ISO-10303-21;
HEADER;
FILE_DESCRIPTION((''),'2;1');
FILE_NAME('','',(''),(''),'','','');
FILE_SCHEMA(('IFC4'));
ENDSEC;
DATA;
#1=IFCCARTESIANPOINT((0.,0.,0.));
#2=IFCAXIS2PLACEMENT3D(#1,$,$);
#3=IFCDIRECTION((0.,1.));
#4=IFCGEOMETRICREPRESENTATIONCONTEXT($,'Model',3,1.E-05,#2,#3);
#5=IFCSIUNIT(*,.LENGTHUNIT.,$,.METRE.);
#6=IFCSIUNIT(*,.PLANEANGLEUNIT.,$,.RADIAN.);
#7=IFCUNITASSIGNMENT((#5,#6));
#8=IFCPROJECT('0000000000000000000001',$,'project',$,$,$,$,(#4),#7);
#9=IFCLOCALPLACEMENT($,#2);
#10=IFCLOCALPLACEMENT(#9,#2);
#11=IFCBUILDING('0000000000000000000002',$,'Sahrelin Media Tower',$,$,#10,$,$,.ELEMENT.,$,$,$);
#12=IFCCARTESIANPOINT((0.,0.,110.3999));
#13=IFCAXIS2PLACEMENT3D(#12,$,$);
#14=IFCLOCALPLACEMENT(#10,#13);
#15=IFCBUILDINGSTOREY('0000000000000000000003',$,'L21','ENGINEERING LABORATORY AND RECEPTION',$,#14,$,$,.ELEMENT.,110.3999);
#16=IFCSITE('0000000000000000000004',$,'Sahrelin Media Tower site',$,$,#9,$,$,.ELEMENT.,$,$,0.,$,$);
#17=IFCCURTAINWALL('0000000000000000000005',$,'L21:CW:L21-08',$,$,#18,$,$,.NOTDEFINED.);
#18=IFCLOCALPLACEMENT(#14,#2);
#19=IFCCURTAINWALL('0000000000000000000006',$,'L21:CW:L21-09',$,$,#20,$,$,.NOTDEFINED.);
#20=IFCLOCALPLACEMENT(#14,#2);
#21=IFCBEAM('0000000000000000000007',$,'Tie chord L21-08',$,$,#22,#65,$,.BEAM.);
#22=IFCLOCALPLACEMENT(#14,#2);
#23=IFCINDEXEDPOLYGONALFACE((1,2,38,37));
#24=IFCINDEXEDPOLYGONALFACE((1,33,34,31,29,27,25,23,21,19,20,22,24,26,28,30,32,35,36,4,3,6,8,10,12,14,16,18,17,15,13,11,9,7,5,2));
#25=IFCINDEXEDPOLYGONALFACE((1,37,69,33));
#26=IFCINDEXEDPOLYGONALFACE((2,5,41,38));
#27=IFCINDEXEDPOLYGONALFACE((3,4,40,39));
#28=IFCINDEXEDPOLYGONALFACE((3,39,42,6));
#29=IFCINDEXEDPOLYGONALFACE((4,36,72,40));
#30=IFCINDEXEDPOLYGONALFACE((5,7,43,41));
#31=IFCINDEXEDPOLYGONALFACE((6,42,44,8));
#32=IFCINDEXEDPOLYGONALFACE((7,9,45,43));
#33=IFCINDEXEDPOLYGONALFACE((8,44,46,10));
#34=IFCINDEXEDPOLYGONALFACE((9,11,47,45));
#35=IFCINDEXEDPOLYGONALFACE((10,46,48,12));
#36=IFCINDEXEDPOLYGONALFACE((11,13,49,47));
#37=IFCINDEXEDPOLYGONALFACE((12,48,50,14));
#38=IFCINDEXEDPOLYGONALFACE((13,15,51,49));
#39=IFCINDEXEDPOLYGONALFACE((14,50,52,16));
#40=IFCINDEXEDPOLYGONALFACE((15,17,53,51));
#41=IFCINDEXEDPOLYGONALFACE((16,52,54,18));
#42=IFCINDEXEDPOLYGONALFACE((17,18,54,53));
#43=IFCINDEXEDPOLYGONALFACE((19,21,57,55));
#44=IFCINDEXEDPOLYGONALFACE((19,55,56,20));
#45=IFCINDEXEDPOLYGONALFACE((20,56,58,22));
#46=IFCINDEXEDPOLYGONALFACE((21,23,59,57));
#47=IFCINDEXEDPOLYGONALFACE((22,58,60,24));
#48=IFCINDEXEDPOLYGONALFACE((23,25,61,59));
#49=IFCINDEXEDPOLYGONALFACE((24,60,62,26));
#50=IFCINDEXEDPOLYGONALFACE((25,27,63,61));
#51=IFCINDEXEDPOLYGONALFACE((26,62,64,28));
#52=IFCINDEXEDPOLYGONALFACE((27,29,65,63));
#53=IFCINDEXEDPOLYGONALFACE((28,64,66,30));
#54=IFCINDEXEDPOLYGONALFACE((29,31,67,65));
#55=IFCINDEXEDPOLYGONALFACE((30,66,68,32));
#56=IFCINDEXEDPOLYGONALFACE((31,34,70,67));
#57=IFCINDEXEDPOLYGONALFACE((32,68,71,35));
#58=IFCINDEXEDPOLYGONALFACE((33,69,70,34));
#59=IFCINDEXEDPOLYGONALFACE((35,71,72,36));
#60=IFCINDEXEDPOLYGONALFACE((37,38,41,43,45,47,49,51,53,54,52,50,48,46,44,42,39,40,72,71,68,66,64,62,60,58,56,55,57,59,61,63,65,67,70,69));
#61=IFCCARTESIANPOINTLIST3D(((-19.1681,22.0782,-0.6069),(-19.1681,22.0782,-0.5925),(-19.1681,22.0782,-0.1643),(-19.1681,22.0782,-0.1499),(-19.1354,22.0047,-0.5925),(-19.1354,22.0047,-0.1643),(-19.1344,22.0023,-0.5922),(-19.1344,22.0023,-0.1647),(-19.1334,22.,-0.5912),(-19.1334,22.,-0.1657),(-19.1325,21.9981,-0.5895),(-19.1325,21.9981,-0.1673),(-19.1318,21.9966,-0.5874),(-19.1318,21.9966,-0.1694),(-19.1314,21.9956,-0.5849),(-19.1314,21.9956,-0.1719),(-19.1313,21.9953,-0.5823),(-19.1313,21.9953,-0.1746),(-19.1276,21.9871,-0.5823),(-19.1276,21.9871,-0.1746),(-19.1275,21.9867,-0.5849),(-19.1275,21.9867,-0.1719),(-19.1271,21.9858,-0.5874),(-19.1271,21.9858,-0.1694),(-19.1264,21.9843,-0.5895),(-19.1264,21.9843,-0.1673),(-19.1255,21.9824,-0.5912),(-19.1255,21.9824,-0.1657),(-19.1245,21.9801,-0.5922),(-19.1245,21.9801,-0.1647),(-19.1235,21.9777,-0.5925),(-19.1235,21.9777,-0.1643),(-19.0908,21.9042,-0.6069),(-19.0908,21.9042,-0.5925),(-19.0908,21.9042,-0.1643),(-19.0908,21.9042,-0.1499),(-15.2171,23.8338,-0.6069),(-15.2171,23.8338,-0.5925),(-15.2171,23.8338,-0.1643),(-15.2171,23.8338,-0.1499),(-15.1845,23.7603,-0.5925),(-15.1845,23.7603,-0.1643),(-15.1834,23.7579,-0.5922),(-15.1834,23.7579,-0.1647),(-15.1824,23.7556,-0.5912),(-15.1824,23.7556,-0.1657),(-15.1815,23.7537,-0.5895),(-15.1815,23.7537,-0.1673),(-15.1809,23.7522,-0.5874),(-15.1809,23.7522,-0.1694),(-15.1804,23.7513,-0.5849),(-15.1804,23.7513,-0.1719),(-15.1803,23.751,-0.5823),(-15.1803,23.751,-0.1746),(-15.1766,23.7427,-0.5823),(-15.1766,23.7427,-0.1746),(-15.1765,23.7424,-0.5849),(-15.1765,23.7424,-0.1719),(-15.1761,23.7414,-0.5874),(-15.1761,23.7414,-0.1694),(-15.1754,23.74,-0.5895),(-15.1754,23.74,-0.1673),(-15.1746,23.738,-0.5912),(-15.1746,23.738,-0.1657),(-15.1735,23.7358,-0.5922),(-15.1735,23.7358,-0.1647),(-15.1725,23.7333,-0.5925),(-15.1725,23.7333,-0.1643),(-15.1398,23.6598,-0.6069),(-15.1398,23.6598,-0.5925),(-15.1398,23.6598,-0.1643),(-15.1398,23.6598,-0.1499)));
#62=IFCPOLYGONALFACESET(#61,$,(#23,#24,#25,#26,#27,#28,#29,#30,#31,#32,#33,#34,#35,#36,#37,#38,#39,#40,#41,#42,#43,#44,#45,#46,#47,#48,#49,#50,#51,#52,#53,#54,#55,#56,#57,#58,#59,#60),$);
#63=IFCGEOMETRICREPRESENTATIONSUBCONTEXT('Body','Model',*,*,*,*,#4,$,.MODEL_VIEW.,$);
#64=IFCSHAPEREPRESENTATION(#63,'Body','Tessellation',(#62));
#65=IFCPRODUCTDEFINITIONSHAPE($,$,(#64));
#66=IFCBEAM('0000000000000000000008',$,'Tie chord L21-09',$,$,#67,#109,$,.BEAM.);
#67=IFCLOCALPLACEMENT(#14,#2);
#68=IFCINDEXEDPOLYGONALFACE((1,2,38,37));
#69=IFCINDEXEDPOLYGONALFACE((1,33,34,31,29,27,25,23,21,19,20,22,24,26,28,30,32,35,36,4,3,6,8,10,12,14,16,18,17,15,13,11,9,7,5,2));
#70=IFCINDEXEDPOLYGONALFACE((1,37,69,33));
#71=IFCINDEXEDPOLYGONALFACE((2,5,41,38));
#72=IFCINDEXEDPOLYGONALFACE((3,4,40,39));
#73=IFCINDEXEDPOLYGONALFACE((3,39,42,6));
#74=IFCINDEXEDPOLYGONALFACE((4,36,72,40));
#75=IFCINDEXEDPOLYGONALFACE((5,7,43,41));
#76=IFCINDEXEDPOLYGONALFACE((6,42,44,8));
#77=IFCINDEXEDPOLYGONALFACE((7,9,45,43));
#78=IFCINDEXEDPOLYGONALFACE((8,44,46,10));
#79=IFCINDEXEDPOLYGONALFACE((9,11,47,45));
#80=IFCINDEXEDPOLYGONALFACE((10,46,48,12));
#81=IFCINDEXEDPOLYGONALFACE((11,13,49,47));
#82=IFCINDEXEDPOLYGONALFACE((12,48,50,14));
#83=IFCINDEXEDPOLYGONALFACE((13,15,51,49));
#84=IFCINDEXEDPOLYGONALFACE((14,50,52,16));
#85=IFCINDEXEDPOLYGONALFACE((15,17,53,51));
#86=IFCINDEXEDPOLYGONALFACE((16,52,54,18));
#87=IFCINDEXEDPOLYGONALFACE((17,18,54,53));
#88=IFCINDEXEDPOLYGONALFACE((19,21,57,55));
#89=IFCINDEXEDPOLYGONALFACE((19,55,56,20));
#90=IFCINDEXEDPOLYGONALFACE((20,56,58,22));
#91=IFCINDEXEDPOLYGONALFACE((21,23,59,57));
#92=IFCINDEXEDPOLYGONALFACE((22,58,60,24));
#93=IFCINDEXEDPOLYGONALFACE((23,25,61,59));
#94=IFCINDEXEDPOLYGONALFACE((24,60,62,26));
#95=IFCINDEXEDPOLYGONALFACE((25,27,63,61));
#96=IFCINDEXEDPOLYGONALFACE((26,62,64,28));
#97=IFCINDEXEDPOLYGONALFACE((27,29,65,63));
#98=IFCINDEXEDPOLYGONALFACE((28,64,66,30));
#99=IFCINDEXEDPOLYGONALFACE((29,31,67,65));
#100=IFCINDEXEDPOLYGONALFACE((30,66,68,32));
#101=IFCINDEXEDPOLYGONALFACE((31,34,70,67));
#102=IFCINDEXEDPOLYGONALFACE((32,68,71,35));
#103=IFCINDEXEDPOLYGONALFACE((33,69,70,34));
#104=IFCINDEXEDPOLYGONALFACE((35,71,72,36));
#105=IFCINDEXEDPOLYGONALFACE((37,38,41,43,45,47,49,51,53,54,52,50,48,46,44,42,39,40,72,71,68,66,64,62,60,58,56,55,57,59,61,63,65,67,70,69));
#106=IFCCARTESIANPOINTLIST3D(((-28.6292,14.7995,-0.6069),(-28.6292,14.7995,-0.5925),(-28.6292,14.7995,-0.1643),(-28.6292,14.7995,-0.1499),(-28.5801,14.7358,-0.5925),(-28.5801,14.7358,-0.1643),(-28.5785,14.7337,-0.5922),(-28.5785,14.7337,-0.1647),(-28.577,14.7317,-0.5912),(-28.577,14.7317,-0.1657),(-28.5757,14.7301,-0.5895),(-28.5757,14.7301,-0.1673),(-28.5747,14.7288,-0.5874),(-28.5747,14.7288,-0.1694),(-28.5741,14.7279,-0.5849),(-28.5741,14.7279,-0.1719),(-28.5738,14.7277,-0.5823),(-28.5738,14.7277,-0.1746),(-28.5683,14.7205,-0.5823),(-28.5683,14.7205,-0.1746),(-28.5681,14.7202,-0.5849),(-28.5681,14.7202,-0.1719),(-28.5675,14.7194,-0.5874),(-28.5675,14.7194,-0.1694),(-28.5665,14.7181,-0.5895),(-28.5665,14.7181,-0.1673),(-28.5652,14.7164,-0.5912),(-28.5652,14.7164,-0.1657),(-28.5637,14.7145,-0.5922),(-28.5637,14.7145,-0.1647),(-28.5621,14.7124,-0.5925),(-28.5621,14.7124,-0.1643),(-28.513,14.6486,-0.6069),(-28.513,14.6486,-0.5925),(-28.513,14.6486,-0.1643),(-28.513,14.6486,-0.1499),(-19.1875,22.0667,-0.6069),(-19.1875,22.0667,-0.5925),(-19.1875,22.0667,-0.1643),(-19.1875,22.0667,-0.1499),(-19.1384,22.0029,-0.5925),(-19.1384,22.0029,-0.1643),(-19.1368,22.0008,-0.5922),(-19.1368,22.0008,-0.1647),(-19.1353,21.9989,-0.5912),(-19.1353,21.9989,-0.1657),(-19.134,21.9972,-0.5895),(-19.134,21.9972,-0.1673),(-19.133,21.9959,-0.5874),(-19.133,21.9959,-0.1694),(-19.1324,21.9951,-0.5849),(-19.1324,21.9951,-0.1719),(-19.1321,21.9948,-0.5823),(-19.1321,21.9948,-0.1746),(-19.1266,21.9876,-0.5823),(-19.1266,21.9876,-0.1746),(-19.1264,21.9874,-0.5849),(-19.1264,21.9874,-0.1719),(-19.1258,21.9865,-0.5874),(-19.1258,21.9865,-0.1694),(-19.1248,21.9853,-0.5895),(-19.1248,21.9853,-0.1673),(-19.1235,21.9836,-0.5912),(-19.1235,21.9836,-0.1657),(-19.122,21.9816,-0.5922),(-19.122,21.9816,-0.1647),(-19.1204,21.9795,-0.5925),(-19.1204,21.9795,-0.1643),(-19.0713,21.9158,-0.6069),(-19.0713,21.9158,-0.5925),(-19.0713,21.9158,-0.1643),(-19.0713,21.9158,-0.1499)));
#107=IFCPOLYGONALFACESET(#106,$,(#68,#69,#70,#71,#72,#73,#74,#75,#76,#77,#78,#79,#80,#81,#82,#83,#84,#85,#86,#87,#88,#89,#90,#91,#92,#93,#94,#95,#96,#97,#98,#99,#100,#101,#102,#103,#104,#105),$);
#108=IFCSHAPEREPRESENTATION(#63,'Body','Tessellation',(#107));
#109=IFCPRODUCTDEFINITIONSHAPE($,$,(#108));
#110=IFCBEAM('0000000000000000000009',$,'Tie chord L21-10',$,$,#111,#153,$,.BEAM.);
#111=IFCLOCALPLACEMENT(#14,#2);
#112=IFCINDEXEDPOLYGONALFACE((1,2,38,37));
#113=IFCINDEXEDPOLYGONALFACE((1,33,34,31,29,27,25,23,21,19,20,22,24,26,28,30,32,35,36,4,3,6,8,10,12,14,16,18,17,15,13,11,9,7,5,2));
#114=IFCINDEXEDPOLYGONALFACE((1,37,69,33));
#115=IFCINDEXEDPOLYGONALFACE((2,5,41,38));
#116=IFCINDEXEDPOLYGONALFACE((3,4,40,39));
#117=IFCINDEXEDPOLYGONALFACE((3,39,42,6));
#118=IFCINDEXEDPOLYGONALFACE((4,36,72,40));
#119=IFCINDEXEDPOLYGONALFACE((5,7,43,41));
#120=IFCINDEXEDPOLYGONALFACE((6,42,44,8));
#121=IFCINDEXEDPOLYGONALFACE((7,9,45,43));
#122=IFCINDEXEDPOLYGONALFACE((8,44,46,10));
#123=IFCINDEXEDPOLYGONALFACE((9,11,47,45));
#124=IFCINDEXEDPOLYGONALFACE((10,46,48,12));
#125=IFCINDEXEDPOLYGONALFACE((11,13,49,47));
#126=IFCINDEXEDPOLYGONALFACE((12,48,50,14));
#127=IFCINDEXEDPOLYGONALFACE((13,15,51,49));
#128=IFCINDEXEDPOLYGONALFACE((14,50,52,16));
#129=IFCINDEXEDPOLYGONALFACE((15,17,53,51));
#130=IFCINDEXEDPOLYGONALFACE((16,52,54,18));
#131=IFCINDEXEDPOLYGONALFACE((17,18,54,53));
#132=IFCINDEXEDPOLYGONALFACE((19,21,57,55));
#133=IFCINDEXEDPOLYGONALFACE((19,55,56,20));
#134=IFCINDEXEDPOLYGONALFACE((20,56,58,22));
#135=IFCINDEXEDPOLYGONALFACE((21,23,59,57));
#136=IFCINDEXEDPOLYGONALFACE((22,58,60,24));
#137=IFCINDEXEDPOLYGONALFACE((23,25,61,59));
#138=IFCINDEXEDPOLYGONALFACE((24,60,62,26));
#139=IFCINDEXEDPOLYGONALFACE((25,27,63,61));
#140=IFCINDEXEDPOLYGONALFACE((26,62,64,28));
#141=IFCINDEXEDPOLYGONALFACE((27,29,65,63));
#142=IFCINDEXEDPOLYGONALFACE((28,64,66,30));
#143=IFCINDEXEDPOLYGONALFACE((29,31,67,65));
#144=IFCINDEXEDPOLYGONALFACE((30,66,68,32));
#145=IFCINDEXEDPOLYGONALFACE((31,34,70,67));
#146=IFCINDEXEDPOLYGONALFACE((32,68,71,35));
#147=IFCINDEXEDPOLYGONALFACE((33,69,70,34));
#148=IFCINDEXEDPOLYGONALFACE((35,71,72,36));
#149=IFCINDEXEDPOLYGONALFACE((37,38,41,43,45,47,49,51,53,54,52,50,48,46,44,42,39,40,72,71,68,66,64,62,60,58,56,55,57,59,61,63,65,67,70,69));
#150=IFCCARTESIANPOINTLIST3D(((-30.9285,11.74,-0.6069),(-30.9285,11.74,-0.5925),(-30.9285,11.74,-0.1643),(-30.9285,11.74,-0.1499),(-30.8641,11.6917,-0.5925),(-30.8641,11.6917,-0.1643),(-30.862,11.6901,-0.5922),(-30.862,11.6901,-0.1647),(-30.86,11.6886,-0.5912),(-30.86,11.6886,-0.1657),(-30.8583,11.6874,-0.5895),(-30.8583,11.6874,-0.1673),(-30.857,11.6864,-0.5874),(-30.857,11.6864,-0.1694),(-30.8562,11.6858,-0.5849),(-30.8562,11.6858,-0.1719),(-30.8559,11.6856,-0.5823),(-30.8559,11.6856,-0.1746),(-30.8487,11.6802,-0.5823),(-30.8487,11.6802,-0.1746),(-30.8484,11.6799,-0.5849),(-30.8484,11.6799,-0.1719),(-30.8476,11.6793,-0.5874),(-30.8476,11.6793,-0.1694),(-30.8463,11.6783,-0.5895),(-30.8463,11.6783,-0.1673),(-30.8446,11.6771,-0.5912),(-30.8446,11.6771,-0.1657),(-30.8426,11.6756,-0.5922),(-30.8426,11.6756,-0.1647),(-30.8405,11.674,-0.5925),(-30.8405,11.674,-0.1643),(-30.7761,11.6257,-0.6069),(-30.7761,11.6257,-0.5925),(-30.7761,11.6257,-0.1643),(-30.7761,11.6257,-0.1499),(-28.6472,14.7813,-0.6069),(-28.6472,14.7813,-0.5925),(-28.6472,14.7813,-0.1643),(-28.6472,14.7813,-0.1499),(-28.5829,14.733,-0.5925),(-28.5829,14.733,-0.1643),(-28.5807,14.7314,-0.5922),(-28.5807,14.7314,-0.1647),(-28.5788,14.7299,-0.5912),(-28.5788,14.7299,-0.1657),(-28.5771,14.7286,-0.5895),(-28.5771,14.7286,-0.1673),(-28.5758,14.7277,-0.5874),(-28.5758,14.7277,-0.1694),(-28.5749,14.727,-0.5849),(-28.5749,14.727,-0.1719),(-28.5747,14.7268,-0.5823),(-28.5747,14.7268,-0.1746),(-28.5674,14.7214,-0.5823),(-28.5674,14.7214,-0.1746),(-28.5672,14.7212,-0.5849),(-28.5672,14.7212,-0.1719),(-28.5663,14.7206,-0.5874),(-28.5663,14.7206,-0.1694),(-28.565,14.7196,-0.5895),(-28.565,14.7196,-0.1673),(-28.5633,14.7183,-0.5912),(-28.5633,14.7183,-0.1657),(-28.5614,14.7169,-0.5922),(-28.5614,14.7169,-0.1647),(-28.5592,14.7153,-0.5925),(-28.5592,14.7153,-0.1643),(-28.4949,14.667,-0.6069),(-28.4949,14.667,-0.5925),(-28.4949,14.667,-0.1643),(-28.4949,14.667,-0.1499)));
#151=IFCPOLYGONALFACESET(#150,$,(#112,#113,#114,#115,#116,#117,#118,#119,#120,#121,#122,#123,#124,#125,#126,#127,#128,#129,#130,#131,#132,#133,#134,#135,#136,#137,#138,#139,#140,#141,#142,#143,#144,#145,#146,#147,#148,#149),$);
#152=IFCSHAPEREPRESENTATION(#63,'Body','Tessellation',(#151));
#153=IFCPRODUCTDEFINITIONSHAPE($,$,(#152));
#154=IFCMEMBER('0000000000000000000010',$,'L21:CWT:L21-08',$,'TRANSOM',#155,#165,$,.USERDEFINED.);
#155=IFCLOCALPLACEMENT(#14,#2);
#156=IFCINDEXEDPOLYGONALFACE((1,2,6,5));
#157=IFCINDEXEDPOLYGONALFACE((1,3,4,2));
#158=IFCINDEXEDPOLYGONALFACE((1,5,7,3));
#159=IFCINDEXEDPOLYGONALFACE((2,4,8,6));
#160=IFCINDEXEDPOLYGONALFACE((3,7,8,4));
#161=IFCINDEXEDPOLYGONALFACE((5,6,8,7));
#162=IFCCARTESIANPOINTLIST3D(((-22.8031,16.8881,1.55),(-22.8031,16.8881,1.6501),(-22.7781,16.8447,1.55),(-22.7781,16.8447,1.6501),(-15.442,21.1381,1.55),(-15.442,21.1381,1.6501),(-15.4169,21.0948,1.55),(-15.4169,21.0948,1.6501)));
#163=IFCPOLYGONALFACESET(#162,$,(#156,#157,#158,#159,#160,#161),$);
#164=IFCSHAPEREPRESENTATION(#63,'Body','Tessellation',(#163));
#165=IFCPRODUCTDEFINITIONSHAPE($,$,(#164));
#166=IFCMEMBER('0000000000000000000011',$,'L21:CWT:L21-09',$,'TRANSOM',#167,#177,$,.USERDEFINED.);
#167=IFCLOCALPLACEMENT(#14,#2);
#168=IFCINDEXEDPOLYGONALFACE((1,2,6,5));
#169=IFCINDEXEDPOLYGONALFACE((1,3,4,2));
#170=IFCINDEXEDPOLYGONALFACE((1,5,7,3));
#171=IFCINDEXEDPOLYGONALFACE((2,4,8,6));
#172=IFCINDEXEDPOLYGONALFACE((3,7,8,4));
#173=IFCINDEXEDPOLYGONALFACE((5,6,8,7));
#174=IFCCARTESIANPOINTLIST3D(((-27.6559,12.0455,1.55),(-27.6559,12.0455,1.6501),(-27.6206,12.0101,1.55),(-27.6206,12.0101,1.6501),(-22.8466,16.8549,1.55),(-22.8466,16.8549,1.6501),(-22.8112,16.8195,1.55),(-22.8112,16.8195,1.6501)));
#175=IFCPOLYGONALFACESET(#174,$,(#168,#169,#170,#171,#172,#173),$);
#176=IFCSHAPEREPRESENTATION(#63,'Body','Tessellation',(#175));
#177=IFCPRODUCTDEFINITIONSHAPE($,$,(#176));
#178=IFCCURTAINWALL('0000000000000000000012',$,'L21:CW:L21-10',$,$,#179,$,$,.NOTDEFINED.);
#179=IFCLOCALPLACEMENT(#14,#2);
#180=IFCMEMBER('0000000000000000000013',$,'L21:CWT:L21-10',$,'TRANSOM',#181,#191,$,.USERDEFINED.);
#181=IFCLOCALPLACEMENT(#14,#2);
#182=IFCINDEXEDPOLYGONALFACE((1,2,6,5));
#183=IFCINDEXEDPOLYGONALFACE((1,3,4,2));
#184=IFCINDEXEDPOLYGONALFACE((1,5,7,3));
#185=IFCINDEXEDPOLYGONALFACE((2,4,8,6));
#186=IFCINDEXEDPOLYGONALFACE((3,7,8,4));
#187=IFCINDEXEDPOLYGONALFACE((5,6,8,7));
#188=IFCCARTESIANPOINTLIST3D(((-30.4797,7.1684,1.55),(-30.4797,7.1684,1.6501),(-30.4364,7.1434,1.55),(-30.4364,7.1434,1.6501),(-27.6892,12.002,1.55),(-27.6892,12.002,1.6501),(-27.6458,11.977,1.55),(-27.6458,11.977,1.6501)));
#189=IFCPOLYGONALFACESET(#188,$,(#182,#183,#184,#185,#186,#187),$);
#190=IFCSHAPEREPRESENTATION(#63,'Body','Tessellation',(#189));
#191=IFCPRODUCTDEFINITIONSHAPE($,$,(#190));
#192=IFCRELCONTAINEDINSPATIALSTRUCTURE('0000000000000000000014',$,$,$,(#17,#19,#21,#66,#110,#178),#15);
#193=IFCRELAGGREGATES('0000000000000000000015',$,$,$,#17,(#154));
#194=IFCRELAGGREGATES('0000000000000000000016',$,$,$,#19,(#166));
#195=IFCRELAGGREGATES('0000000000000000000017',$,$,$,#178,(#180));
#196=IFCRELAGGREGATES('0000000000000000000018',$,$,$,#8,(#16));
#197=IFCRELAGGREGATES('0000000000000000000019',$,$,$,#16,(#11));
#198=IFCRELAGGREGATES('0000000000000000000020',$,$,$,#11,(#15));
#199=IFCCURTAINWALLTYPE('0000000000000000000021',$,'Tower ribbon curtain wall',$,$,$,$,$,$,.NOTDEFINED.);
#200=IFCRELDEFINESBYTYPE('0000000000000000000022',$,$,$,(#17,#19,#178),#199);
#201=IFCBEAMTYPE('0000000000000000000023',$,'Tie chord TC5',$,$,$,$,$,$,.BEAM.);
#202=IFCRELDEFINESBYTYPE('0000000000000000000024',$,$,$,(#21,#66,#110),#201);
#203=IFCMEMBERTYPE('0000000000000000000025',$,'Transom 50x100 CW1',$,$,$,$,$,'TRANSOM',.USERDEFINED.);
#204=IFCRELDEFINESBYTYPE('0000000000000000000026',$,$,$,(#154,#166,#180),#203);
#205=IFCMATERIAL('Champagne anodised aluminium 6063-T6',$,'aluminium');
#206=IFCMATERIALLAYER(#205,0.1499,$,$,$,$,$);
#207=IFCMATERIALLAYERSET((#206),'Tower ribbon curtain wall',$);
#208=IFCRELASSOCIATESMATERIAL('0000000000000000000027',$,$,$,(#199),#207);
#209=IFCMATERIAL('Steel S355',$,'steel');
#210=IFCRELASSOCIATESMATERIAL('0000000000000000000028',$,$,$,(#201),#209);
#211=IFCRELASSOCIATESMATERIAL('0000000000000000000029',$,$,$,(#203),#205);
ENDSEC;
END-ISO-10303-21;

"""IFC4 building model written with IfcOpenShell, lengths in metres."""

from ifc_helpers import new_model, si_unit, direction, frame, origin, origin_2d, place, context, subcontext, project, spatial, rectangle, i_section, extrude, material, layer, layer_set, material_profile, profile_set, type_object, element, aggregate, save


model = new_model("IFC4")

# Units and contexts
model_context = context("Model", 3, precision=1e-05, world=origin(), true_north=direction((0.0, 1.0)))
body_context = subcontext(model_context, "Body", "Model", "MODEL_VIEW")
ifc_project = project(units=[si_unit("LENGTHUNIT", "METRE"), si_unit("PLANEANGLEUNIT", "RADIAN")], contexts=[model_context])

# Site, building, storey
site_placement = place(None, origin())
site = spatial("IfcSite", under=ifc_project, at=site_placement, Name="Sahrelin Media Tower site", CompositionType="ELEMENT", RefElevation=0.0)
building_placement = place(site_placement, origin())
building = spatial("IfcBuilding", under=site, at=building_placement, Name="Sahrelin Media Tower", CompositionType="ELEMENT")
storey_placement = place(building_placement, frame((0.0, 0.0, 110.3999)))
storey = spatial("IfcBuildingStorey", under=building, at=storey_placement, Name="L21", Description="ENGINEERING LABORATORY AND RECEPTION", CompositionType="ELEMENT", Elevation=110.3999)

# Shared definitions
ifc_material_1 = material(Name="Steel S355", Category="steel")

# Curtain walls
ifc_material_2 = material(Name="Champagne anodised aluminium 6063-T6", Category="aluminium")
ifc_layer_1 = layer(ifc_material_2, 0.1499)
ifc_layer_set_1 = layer_set([ifc_layer_1], Name="Tower ribbon curtain wall")
curtain_wall_type = type_object("IfcCurtainWallType", Name="Tower ribbon curtain wall", PredefinedType="NOTDEFINED", material=ifc_layer_set_1)
curtain_wall_1_placement = place(storey_placement, frame((-19.2075, 19.1604, 0.0), z_axis=(0.0, 0.0, 1.0), x_axis=(1.0, 0.0, 0.0)))
curtain_wall_1 = element("IfcCurtainWall", 1, at=curtain_wall_1_placement, inside=storey, type_object=curtain_wall_type, Name="L21:CW:L21-08", PredefinedType="NOTDEFINED")
curtain_wall_2_placement = place(storey_placement, frame((-25.3713, 14.5703, 0.0), z_axis=(0.0, 0.0, 1.0), x_axis=(1.0, 0.0, 0.0)))
curtain_wall_2 = element("IfcCurtainWall", 2, at=curtain_wall_2_placement, inside=storey, type_object=curtain_wall_type, Name="L21:CW:L21-09", PredefinedType="NOTDEFINED")

# Beams
ifc_material_profile_1 = material_profile(ifc_material_1, i_section(OverallWidth=0.1904, OverallDepth=0.457, WebThickness=0.009, FlangeThickness=0.0144, FilletRadius=0.0103, at=origin_2d()), Name="UB 457x191x74")
ifc_profile_set_1 = profile_set([ifc_material_profile_1], Name="Steel S355")
beam_type_1 = type_object("IfcBeamType", Name="Tie chord TC5", PredefinedType="BEAM", material=ifc_profile_set_1)
beam_1_placement = place(storey_placement, frame((-15.1785, 23.7468, -0.3784), z_axis=(-0.913842, -0.40607, 0.0), x_axis=(0.40607, -0.913842, 0.0)))
element("IfcBeam", 3, at=beam_1_placement, inside=storey, type_object=beam_type_1, Name="Tie chord L21-08", PredefinedType="BEAM", context=body_context, shape_type="SweptSolid", body=[
    extrude(i_section(OverallWidth=0.1904, OverallDepth=0.457, WebThickness=0.009, FlangeThickness=0.0144, FilletRadius=0.0103, at=origin_2d()), origin(), (0.0, 0.0, 1.0), 4.3235),
])
beam_2_placement = place(storey_placement, frame((-19.1294, 21.9912, -0.3784), z_axis=(-0.79245, -0.609937, 0.0), x_axis=(0.609937, -0.79245, 0.0)))
element("IfcBeam", 4, at=beam_2_placement, inside=storey, type_object=beam_type_1, Name="Tie chord L21-09", PredefinedType="BEAM", context=body_context, shape_type="SweptSolid", body=[
    extrude(i_section(OverallWidth=0.1904, OverallDepth=0.457, WebThickness=0.009, FlangeThickness=0.0144, FilletRadius=0.0103, at=origin_2d()), origin(), (0.0, 0.0, 1.0), 11.9146),
])
beam_3_placement = place(storey_placement, frame((-28.571, 14.7241, -0.3784), z_axis=(-0.600051, -0.799961, 0.0), x_axis=(0.799961, -0.600051, 0.0)))
element("IfcBeam", 5, at=beam_3_placement, inside=storey, type_object=beam_type_1, Name="Tie chord L21-10", PredefinedType="BEAM", context=body_context, shape_type="SweptSolid", body=[
    extrude(i_section(OverallWidth=0.1904, OverallDepth=0.457, WebThickness=0.009, FlangeThickness=0.0144, FilletRadius=0.0103, at=origin_2d()), origin(), (0.0, 0.0, 1.0), 3.8018),
])

# Members
ifc_material_profile_2 = material_profile(ifc_material_2, rectangle(XDim=0.05, YDim=0.1001, at=origin_2d()), Name="Transom 50x100")
ifc_profile_set_2 = profile_set([ifc_material_profile_2], Name="Champagne anodised aluminium 6063-T6")
member_type_1 = type_object("IfcMemberType", Name="Transom 50x100 CW1", ElementType="TRANSOM", PredefinedType="USERDEFINED", material=ifc_profile_set_2)
member_1_placement = place(storey_placement, frame((-15.4294, 21.1165, 1.6001), z_axis=(-0.866022, -0.500007, 0.0), x_axis=(0.500007, -0.866022, 0.0)))
member_1 = element("IfcMember", 6, at=member_1_placement, type_object=member_type_1, Name="L21:CWT:L21-08", ObjectType="TRANSOM", PredefinedType="USERDEFINED", context=body_context, shape_type="SweptSolid", body=[
    extrude(rectangle(XDim=0.05, YDim=0.1001, at=origin_2d()), origin(), (0.0, 0.0, 1.0), 8.5),
])
member_2_placement = place(storey_placement, frame((-22.8289, 16.8372, 1.6001), z_axis=(-0.707107, -0.707107, 0.0), x_axis=(0.707107, -0.707107, 0.0)))
member_2 = element("IfcMember", 7, at=member_2_placement, type_object=member_type_1, Name="L21:CWT:L21-09", ObjectType="TRANSOM", PredefinedType="USERDEFINED", context=body_context, shape_type="SweptSolid", body=[
    extrude(rectangle(XDim=0.05, YDim=0.1001, at=origin_2d()), origin(), (0.0, 0.0, 1.0), 6.8015),
])

# Curtain wall, member
curtain_wall_3_placement = place(storey_placement, frame((-29.2317, 9.6704, 0.0), z_axis=(0.0, 0.0, 1.0), x_axis=(1.0, 0.0, 0.0)))
curtain_wall_3 = element("IfcCurtainWall", 8, at=curtain_wall_3_placement, inside=storey, type_object=curtain_wall_type, Name="L21:CW:L21-10", PredefinedType="NOTDEFINED")
member_3_placement = place(storey_placement, frame((-27.6675, 11.9895, 1.6001), z_axis=(-0.499988, -0.866033, 0.0), x_axis=(0.866033, -0.499988, 0.0)))
member_3 = element("IfcMember", 9, at=member_3_placement, type_object=member_type_1, Name="L21:CWT:L21-10", ObjectType="TRANSOM", PredefinedType="USERDEFINED", context=body_context, shape_type="SweptSolid", body=[
    extrude(rectangle(XDim=0.05, YDim=0.1001, at=origin_2d()), origin(), (0.0, 0.0, 1.0), 5.5813),
])

aggregate(curtain_wall_1, [member_1])
aggregate(curtain_wall_2, [member_2])
aggregate(curtain_wall_3, [member_3])

save(model, "model.ifc")
